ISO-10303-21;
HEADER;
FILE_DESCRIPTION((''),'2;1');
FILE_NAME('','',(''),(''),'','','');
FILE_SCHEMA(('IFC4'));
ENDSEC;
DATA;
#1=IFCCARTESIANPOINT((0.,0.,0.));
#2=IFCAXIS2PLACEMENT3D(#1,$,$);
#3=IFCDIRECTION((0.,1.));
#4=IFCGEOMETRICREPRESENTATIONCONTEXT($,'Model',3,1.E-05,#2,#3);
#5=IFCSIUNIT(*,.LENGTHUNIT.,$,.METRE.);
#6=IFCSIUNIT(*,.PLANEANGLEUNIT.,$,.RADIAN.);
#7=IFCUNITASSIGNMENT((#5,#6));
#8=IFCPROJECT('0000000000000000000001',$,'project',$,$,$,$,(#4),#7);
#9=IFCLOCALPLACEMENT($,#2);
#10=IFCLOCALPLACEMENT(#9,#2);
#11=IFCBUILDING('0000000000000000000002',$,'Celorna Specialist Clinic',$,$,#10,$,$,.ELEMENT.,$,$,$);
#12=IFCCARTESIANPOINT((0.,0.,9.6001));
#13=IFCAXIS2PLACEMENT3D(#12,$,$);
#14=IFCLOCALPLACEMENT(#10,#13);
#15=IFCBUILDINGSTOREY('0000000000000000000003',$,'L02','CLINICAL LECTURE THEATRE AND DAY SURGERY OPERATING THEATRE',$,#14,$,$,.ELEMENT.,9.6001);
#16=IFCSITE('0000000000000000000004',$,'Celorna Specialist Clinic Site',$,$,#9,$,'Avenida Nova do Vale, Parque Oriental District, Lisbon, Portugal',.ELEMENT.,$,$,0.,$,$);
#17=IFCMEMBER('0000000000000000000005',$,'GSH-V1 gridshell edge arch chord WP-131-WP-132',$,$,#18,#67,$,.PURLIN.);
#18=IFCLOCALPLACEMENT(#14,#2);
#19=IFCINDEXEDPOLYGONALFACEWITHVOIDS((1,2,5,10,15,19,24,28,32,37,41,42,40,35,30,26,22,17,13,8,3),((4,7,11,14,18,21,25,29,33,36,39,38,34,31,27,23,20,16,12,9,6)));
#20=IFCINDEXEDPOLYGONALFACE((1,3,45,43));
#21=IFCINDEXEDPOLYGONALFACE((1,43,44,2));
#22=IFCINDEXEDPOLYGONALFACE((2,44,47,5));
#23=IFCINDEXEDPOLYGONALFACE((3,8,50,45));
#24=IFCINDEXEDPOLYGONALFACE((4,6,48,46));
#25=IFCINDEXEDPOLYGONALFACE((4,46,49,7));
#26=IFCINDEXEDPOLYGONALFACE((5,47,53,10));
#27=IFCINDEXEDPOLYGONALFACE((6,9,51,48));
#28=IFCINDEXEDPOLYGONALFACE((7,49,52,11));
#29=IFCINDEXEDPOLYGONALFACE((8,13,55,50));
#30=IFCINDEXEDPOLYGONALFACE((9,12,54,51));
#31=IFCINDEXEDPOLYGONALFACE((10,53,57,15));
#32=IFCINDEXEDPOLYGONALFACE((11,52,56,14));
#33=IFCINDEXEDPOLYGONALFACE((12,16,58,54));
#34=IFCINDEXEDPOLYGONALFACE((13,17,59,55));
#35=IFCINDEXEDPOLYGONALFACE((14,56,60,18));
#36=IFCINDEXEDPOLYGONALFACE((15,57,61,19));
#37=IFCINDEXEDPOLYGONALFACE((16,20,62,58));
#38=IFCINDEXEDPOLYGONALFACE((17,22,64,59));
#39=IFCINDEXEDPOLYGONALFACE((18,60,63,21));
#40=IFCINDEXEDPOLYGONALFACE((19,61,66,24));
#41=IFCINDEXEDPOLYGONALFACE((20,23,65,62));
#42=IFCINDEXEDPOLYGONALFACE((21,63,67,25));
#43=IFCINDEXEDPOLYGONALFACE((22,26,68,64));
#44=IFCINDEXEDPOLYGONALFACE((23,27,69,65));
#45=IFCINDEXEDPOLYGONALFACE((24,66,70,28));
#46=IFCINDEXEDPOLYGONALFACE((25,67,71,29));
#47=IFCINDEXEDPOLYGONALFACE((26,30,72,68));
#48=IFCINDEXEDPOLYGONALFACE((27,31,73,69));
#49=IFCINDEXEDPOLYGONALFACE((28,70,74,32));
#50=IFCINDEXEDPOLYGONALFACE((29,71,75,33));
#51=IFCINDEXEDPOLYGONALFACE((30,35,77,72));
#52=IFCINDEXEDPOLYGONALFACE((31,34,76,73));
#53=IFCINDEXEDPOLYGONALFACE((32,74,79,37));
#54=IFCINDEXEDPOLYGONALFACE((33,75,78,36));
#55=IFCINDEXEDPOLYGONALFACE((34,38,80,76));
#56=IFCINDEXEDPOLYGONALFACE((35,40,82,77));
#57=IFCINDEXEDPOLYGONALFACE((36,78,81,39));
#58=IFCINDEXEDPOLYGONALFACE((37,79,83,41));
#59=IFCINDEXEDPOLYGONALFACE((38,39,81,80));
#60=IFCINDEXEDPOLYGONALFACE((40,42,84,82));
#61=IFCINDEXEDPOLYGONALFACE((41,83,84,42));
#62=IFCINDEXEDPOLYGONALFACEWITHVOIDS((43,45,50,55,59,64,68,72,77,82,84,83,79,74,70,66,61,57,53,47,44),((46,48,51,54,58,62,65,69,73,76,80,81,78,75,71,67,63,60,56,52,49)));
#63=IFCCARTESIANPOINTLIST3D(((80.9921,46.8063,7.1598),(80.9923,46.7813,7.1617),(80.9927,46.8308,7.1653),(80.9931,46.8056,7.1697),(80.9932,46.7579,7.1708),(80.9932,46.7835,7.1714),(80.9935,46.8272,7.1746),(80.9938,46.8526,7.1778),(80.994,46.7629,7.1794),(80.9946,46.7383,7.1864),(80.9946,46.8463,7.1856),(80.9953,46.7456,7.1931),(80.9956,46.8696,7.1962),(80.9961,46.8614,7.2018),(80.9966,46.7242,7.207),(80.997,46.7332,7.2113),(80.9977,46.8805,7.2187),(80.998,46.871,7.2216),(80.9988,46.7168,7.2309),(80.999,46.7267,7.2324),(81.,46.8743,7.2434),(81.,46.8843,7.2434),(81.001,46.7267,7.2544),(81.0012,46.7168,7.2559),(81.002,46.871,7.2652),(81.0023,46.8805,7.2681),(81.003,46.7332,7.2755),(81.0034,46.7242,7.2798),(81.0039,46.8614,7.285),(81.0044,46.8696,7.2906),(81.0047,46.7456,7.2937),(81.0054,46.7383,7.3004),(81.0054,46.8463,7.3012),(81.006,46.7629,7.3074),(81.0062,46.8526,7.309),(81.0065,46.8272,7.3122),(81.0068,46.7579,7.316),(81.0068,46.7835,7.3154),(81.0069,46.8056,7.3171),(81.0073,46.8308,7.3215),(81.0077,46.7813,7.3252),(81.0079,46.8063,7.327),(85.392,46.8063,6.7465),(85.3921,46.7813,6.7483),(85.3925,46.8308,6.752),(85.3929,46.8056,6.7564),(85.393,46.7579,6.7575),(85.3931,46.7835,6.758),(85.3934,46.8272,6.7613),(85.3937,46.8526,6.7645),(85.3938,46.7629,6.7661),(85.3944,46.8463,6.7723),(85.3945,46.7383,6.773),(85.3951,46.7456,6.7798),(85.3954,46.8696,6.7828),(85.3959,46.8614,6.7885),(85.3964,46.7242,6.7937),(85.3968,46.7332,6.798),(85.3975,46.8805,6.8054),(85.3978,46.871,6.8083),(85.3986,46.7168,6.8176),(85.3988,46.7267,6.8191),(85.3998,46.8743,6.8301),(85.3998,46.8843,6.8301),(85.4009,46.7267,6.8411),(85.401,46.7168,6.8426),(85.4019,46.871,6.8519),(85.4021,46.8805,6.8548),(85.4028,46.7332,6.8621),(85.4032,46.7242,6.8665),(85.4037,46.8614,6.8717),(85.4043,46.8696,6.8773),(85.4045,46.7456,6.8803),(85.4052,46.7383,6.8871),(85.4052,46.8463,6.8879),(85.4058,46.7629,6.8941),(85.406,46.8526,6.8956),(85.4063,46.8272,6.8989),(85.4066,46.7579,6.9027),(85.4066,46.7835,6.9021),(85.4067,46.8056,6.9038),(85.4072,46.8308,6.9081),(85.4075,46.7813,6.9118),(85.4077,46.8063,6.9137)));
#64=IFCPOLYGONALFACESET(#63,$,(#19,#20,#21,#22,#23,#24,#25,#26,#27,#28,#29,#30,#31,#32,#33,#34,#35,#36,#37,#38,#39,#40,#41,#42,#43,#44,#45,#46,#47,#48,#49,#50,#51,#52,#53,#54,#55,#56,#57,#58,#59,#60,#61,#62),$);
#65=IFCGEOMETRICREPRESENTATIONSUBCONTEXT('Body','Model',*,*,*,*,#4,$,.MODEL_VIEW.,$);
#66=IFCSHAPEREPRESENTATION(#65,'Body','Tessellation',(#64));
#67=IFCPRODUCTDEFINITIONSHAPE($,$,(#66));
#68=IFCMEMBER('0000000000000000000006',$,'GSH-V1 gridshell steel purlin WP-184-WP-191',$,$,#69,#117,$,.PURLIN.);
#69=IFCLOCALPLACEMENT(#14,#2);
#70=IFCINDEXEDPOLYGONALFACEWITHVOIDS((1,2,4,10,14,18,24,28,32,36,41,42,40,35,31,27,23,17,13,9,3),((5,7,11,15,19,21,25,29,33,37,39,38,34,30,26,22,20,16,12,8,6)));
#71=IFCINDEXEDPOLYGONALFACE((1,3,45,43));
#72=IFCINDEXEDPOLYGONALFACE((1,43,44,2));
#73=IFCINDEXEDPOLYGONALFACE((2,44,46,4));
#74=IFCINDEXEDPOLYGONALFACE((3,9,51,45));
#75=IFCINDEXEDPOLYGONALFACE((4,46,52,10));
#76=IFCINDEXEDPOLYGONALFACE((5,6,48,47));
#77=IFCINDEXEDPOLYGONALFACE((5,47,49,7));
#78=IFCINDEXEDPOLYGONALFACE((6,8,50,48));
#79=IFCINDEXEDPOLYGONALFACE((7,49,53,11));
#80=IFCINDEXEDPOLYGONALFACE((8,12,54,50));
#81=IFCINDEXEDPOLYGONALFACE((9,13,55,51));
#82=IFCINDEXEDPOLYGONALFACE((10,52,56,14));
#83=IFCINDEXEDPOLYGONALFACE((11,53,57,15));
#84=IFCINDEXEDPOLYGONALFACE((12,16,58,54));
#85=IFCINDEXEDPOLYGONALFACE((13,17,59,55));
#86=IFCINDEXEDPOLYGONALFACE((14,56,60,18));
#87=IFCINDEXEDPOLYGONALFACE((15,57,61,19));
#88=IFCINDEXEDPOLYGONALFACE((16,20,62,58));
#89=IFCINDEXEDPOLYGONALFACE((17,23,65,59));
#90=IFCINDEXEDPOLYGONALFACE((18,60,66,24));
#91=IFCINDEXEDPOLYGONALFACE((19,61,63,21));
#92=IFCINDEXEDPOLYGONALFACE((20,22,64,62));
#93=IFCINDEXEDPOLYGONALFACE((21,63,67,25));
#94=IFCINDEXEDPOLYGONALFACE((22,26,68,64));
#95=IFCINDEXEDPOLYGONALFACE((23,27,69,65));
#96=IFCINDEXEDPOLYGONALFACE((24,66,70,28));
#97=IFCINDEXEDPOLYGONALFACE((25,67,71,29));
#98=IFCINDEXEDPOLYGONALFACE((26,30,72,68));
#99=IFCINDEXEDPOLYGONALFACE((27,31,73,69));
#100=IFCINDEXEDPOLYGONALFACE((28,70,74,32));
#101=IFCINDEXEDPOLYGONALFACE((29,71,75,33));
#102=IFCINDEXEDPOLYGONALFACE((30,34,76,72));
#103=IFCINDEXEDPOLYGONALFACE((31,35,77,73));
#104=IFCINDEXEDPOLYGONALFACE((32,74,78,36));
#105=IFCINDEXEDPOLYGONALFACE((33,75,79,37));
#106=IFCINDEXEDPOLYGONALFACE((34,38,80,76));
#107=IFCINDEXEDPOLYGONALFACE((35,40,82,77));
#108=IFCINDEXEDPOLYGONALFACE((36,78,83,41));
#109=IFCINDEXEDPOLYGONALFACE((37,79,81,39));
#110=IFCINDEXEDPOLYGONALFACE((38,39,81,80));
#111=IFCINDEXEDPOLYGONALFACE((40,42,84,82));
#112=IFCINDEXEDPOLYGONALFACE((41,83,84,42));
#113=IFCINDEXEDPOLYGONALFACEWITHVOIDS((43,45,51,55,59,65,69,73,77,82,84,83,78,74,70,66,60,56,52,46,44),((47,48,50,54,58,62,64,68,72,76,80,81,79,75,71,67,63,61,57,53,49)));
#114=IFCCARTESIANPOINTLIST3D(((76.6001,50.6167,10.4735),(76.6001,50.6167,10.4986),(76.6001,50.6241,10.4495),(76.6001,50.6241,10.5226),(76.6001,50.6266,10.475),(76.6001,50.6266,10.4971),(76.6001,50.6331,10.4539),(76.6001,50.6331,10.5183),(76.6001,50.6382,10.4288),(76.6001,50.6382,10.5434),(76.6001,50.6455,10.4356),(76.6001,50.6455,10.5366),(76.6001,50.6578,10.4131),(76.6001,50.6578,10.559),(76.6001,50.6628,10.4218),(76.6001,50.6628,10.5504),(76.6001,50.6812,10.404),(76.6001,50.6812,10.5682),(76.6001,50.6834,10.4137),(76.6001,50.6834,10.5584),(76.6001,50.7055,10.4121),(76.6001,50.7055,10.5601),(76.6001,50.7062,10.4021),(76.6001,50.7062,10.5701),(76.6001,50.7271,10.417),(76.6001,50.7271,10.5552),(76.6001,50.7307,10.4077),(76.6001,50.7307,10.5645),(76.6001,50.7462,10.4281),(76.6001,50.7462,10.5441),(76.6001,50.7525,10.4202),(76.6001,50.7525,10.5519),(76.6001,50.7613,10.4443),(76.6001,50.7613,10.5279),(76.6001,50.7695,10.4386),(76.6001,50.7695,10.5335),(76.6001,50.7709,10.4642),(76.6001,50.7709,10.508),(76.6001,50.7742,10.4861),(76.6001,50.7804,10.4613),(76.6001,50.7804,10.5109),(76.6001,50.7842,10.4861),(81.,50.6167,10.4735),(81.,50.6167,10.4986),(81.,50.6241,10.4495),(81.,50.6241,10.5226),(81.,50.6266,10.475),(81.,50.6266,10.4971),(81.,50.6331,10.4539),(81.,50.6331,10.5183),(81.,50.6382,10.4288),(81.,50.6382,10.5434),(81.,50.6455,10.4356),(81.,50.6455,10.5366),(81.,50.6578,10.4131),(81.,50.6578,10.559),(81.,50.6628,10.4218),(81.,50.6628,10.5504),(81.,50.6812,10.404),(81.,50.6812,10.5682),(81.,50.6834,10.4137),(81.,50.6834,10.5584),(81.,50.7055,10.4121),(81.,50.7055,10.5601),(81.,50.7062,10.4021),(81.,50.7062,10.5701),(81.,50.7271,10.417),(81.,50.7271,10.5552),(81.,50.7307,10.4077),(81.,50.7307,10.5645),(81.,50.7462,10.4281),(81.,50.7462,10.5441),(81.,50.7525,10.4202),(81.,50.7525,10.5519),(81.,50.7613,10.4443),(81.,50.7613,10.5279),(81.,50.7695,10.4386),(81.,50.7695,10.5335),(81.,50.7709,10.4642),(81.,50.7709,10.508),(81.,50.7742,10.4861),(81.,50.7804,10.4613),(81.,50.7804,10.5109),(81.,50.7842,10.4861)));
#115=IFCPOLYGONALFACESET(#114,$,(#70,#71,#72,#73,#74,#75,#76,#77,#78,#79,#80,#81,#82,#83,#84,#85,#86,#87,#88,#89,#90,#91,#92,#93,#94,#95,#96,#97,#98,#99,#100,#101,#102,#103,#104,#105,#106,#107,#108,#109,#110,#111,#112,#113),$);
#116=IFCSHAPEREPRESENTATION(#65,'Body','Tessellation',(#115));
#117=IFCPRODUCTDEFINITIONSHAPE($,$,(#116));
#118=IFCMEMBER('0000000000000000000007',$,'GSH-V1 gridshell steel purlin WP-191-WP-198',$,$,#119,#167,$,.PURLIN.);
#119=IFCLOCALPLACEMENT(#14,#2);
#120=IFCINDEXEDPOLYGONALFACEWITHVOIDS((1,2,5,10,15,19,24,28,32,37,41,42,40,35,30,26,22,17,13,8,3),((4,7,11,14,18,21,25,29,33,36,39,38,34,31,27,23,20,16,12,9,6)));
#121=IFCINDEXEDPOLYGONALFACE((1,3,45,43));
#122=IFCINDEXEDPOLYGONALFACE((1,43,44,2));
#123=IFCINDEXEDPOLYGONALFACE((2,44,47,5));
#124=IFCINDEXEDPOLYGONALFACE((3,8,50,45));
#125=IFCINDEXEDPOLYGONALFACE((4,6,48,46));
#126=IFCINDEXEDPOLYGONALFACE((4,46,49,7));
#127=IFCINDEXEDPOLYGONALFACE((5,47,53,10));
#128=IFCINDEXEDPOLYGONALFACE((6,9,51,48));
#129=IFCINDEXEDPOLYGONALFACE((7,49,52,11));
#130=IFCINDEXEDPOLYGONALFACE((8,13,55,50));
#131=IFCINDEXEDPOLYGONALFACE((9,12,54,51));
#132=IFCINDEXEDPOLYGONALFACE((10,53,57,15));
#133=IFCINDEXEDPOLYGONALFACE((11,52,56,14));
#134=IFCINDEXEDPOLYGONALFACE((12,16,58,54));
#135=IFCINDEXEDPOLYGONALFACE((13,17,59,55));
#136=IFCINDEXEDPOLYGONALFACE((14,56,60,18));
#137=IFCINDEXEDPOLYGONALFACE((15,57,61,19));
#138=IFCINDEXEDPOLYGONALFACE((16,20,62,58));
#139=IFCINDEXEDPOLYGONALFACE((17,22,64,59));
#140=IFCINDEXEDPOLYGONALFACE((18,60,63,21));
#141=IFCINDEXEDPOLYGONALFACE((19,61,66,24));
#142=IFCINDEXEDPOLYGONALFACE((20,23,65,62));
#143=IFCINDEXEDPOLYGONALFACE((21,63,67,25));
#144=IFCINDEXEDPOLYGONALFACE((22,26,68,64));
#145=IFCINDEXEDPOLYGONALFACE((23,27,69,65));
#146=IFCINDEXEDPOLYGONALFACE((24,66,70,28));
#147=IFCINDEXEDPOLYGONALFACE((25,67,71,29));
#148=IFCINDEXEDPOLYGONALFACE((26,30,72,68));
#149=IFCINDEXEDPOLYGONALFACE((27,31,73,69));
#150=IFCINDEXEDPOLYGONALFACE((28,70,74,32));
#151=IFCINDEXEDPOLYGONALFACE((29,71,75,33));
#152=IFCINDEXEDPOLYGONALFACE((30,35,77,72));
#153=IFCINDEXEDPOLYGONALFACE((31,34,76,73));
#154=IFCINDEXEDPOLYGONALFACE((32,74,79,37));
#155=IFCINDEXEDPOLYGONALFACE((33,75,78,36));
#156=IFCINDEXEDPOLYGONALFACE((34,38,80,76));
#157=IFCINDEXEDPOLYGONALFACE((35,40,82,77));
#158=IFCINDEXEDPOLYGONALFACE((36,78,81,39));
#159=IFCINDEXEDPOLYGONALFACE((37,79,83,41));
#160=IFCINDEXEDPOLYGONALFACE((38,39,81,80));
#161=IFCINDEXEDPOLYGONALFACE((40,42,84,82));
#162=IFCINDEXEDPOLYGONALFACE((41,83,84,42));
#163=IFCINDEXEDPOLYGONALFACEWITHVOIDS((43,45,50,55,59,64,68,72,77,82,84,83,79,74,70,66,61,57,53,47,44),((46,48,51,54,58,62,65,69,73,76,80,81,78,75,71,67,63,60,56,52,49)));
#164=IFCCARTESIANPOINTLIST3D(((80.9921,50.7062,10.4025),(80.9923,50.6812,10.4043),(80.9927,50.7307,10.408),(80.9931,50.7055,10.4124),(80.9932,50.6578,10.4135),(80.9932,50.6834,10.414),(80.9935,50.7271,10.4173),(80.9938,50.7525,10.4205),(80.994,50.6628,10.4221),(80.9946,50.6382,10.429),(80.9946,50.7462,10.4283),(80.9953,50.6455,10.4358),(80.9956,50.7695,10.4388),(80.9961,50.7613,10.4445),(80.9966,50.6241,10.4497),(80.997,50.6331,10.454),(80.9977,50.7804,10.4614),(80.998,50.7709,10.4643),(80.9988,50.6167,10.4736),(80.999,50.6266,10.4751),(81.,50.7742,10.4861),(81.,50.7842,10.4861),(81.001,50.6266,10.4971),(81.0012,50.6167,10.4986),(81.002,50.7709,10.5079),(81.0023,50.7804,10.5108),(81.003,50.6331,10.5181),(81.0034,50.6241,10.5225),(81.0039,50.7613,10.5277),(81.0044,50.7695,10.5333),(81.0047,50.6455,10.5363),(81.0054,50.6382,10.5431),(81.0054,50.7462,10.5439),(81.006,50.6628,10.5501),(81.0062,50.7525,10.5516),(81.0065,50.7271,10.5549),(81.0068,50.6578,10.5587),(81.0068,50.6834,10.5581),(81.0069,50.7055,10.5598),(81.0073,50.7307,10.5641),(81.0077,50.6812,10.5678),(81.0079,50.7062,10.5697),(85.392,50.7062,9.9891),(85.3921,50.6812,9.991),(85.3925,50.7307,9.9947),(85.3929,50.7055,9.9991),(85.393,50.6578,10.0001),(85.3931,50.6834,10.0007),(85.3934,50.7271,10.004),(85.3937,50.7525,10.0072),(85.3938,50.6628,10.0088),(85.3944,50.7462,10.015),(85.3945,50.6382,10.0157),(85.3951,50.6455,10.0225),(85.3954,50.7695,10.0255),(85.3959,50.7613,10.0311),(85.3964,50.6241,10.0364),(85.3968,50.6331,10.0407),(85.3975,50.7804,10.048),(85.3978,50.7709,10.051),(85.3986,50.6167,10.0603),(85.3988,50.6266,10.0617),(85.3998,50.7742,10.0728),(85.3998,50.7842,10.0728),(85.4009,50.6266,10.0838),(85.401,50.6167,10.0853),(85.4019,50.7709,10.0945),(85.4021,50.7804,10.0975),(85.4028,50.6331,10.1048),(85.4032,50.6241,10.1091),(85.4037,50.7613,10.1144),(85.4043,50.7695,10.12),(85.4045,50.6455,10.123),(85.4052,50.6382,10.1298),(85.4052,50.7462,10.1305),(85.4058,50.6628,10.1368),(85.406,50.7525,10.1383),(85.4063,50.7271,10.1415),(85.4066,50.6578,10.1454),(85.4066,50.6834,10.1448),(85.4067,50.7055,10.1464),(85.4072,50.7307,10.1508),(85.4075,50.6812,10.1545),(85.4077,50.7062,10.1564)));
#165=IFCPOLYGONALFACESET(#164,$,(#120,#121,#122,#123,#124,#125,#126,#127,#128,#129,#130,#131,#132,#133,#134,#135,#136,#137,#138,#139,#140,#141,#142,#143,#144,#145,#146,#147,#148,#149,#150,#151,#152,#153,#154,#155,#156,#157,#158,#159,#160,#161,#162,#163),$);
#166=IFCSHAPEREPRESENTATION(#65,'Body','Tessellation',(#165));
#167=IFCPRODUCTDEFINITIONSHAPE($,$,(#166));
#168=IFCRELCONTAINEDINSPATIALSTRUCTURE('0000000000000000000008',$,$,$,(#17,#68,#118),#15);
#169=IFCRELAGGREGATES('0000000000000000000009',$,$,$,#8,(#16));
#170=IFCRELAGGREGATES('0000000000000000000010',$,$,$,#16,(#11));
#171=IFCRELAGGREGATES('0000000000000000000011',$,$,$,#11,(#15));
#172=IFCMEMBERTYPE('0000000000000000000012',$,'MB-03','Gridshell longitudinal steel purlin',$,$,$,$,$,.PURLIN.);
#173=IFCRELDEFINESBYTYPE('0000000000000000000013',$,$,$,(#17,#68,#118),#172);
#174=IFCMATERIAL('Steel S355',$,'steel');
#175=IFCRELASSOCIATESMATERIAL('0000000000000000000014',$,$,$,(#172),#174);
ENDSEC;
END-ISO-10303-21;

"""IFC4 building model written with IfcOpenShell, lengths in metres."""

from ifc_helpers import new_model, si_unit, direction, frame, origin, origin_2d, place, context, subcontext, project, spatial, hollow_circle, extrude, material, material_profile, profile_set, type_object, element, save


model = new_model("IFC4")

# Units and contexts
model_context = context("Model", 3, precision=1e-05, world=origin(), true_north=direction((0.0, 1.0)))
body_context = subcontext(model_context, "Body", "Model", "MODEL_VIEW")
ifc_project = project(units=[si_unit("LENGTHUNIT", "METRE"), si_unit("PLANEANGLEUNIT", "RADIAN")], contexts=[model_context])

# Site, building, storey
site_placement = place(None, origin())
site = spatial("IfcSite", under=ifc_project, at=site_placement, Name="Celorna Specialist Clinic Site", LongName="Avenida Nova do Vale, Parque Oriental District, Lisbon, Portugal", CompositionType="ELEMENT", RefElevation=0.0)
building_placement = place(site_placement, origin())
building = spatial("IfcBuilding", under=site, at=building_placement, Name="Celorna Specialist Clinic", CompositionType="ELEMENT")
storey_placement = place(building_placement, frame((0.0, 0.0, 9.6001)))
storey = spatial("IfcBuildingStorey", under=building, at=storey_placement, Name="L02", Description="CLINICAL LECTURE THEATRE AND DAY SURGERY OPERATING THEATRE", CompositionType="ELEMENT", Elevation=9.6001)

# Shared definitions
ifc_material_1 = material(Name="Steel S355", Category="steel")

# Members
ifc_material_profile_1 = material_profile(ifc_material_1, hollow_circle(Radius=0.0842, WallThickness=0.01, at=origin_2d()), Name="CHS 168.3x10")
ifc_profile_set_1 = profile_set([ifc_material_profile_1], Name="Steel S355")
member_type_1 = type_object("IfcMemberType", Name="MB-03", Description="Gridshell longitudinal steel purlin", PredefinedType="PURLIN", material=ifc_profile_set_1)
member_1_placement = place(storey_placement, frame((81.0, 46.8, 7.2434), z_axis=(0.995617, 0.0, -0.093529), x_axis=(0.0, 1.0, 0.0)))
element("IfcMember", 1, at=member_1_placement, inside=storey, type_object=member_type_1, Name="GSH-V1 gridshell edge arch chord WP-131-WP-132", PredefinedType="PURLIN", context=body_context, shape_type="SweptSolid", body=[
    extrude(hollow_circle(Radius=0.0842, WallThickness=0.01, at=origin_2d()), origin(), (0.0, 0.0, 1.0), 4.4192),
])
member_2_placement = place(storey_placement, frame((76.6001, 50.7, 10.4861), z_axis=(1.0, 0.0, 0.0), x_axis=(0.0, 1.0, 0.0)))
element("IfcMember", 2, at=member_2_placement, inside=storey, type_object=member_type_1, Name="GSH-V1 gridshell steel purlin WP-184-WP-191", PredefinedType="PURLIN", context=body_context, shape_type="SweptSolid", body=[
    extrude(hollow_circle(Radius=0.0842, WallThickness=0.01, at=origin_2d()), origin(), (0.0, 0.0, 1.0), 4.3999),
])
member_3_placement = place(storey_placement, frame((81.0, 50.7, 10.4861), z_axis=(0.995617, 0.0, -0.093529), x_axis=(0.0, 1.0, 0.0)))
element("IfcMember", 3, at=member_3_placement, inside=storey, type_object=member_type_1, Name="GSH-V1 gridshell steel purlin WP-191-WP-198", PredefinedType="PURLIN", context=body_context, shape_type="SweptSolid", body=[
    extrude(hollow_circle(Radius=0.0842, WallThickness=0.01, at=origin_2d()), origin(), (0.0, 0.0, 1.0), 4.4192),
])

save(model, "model.ifc")
